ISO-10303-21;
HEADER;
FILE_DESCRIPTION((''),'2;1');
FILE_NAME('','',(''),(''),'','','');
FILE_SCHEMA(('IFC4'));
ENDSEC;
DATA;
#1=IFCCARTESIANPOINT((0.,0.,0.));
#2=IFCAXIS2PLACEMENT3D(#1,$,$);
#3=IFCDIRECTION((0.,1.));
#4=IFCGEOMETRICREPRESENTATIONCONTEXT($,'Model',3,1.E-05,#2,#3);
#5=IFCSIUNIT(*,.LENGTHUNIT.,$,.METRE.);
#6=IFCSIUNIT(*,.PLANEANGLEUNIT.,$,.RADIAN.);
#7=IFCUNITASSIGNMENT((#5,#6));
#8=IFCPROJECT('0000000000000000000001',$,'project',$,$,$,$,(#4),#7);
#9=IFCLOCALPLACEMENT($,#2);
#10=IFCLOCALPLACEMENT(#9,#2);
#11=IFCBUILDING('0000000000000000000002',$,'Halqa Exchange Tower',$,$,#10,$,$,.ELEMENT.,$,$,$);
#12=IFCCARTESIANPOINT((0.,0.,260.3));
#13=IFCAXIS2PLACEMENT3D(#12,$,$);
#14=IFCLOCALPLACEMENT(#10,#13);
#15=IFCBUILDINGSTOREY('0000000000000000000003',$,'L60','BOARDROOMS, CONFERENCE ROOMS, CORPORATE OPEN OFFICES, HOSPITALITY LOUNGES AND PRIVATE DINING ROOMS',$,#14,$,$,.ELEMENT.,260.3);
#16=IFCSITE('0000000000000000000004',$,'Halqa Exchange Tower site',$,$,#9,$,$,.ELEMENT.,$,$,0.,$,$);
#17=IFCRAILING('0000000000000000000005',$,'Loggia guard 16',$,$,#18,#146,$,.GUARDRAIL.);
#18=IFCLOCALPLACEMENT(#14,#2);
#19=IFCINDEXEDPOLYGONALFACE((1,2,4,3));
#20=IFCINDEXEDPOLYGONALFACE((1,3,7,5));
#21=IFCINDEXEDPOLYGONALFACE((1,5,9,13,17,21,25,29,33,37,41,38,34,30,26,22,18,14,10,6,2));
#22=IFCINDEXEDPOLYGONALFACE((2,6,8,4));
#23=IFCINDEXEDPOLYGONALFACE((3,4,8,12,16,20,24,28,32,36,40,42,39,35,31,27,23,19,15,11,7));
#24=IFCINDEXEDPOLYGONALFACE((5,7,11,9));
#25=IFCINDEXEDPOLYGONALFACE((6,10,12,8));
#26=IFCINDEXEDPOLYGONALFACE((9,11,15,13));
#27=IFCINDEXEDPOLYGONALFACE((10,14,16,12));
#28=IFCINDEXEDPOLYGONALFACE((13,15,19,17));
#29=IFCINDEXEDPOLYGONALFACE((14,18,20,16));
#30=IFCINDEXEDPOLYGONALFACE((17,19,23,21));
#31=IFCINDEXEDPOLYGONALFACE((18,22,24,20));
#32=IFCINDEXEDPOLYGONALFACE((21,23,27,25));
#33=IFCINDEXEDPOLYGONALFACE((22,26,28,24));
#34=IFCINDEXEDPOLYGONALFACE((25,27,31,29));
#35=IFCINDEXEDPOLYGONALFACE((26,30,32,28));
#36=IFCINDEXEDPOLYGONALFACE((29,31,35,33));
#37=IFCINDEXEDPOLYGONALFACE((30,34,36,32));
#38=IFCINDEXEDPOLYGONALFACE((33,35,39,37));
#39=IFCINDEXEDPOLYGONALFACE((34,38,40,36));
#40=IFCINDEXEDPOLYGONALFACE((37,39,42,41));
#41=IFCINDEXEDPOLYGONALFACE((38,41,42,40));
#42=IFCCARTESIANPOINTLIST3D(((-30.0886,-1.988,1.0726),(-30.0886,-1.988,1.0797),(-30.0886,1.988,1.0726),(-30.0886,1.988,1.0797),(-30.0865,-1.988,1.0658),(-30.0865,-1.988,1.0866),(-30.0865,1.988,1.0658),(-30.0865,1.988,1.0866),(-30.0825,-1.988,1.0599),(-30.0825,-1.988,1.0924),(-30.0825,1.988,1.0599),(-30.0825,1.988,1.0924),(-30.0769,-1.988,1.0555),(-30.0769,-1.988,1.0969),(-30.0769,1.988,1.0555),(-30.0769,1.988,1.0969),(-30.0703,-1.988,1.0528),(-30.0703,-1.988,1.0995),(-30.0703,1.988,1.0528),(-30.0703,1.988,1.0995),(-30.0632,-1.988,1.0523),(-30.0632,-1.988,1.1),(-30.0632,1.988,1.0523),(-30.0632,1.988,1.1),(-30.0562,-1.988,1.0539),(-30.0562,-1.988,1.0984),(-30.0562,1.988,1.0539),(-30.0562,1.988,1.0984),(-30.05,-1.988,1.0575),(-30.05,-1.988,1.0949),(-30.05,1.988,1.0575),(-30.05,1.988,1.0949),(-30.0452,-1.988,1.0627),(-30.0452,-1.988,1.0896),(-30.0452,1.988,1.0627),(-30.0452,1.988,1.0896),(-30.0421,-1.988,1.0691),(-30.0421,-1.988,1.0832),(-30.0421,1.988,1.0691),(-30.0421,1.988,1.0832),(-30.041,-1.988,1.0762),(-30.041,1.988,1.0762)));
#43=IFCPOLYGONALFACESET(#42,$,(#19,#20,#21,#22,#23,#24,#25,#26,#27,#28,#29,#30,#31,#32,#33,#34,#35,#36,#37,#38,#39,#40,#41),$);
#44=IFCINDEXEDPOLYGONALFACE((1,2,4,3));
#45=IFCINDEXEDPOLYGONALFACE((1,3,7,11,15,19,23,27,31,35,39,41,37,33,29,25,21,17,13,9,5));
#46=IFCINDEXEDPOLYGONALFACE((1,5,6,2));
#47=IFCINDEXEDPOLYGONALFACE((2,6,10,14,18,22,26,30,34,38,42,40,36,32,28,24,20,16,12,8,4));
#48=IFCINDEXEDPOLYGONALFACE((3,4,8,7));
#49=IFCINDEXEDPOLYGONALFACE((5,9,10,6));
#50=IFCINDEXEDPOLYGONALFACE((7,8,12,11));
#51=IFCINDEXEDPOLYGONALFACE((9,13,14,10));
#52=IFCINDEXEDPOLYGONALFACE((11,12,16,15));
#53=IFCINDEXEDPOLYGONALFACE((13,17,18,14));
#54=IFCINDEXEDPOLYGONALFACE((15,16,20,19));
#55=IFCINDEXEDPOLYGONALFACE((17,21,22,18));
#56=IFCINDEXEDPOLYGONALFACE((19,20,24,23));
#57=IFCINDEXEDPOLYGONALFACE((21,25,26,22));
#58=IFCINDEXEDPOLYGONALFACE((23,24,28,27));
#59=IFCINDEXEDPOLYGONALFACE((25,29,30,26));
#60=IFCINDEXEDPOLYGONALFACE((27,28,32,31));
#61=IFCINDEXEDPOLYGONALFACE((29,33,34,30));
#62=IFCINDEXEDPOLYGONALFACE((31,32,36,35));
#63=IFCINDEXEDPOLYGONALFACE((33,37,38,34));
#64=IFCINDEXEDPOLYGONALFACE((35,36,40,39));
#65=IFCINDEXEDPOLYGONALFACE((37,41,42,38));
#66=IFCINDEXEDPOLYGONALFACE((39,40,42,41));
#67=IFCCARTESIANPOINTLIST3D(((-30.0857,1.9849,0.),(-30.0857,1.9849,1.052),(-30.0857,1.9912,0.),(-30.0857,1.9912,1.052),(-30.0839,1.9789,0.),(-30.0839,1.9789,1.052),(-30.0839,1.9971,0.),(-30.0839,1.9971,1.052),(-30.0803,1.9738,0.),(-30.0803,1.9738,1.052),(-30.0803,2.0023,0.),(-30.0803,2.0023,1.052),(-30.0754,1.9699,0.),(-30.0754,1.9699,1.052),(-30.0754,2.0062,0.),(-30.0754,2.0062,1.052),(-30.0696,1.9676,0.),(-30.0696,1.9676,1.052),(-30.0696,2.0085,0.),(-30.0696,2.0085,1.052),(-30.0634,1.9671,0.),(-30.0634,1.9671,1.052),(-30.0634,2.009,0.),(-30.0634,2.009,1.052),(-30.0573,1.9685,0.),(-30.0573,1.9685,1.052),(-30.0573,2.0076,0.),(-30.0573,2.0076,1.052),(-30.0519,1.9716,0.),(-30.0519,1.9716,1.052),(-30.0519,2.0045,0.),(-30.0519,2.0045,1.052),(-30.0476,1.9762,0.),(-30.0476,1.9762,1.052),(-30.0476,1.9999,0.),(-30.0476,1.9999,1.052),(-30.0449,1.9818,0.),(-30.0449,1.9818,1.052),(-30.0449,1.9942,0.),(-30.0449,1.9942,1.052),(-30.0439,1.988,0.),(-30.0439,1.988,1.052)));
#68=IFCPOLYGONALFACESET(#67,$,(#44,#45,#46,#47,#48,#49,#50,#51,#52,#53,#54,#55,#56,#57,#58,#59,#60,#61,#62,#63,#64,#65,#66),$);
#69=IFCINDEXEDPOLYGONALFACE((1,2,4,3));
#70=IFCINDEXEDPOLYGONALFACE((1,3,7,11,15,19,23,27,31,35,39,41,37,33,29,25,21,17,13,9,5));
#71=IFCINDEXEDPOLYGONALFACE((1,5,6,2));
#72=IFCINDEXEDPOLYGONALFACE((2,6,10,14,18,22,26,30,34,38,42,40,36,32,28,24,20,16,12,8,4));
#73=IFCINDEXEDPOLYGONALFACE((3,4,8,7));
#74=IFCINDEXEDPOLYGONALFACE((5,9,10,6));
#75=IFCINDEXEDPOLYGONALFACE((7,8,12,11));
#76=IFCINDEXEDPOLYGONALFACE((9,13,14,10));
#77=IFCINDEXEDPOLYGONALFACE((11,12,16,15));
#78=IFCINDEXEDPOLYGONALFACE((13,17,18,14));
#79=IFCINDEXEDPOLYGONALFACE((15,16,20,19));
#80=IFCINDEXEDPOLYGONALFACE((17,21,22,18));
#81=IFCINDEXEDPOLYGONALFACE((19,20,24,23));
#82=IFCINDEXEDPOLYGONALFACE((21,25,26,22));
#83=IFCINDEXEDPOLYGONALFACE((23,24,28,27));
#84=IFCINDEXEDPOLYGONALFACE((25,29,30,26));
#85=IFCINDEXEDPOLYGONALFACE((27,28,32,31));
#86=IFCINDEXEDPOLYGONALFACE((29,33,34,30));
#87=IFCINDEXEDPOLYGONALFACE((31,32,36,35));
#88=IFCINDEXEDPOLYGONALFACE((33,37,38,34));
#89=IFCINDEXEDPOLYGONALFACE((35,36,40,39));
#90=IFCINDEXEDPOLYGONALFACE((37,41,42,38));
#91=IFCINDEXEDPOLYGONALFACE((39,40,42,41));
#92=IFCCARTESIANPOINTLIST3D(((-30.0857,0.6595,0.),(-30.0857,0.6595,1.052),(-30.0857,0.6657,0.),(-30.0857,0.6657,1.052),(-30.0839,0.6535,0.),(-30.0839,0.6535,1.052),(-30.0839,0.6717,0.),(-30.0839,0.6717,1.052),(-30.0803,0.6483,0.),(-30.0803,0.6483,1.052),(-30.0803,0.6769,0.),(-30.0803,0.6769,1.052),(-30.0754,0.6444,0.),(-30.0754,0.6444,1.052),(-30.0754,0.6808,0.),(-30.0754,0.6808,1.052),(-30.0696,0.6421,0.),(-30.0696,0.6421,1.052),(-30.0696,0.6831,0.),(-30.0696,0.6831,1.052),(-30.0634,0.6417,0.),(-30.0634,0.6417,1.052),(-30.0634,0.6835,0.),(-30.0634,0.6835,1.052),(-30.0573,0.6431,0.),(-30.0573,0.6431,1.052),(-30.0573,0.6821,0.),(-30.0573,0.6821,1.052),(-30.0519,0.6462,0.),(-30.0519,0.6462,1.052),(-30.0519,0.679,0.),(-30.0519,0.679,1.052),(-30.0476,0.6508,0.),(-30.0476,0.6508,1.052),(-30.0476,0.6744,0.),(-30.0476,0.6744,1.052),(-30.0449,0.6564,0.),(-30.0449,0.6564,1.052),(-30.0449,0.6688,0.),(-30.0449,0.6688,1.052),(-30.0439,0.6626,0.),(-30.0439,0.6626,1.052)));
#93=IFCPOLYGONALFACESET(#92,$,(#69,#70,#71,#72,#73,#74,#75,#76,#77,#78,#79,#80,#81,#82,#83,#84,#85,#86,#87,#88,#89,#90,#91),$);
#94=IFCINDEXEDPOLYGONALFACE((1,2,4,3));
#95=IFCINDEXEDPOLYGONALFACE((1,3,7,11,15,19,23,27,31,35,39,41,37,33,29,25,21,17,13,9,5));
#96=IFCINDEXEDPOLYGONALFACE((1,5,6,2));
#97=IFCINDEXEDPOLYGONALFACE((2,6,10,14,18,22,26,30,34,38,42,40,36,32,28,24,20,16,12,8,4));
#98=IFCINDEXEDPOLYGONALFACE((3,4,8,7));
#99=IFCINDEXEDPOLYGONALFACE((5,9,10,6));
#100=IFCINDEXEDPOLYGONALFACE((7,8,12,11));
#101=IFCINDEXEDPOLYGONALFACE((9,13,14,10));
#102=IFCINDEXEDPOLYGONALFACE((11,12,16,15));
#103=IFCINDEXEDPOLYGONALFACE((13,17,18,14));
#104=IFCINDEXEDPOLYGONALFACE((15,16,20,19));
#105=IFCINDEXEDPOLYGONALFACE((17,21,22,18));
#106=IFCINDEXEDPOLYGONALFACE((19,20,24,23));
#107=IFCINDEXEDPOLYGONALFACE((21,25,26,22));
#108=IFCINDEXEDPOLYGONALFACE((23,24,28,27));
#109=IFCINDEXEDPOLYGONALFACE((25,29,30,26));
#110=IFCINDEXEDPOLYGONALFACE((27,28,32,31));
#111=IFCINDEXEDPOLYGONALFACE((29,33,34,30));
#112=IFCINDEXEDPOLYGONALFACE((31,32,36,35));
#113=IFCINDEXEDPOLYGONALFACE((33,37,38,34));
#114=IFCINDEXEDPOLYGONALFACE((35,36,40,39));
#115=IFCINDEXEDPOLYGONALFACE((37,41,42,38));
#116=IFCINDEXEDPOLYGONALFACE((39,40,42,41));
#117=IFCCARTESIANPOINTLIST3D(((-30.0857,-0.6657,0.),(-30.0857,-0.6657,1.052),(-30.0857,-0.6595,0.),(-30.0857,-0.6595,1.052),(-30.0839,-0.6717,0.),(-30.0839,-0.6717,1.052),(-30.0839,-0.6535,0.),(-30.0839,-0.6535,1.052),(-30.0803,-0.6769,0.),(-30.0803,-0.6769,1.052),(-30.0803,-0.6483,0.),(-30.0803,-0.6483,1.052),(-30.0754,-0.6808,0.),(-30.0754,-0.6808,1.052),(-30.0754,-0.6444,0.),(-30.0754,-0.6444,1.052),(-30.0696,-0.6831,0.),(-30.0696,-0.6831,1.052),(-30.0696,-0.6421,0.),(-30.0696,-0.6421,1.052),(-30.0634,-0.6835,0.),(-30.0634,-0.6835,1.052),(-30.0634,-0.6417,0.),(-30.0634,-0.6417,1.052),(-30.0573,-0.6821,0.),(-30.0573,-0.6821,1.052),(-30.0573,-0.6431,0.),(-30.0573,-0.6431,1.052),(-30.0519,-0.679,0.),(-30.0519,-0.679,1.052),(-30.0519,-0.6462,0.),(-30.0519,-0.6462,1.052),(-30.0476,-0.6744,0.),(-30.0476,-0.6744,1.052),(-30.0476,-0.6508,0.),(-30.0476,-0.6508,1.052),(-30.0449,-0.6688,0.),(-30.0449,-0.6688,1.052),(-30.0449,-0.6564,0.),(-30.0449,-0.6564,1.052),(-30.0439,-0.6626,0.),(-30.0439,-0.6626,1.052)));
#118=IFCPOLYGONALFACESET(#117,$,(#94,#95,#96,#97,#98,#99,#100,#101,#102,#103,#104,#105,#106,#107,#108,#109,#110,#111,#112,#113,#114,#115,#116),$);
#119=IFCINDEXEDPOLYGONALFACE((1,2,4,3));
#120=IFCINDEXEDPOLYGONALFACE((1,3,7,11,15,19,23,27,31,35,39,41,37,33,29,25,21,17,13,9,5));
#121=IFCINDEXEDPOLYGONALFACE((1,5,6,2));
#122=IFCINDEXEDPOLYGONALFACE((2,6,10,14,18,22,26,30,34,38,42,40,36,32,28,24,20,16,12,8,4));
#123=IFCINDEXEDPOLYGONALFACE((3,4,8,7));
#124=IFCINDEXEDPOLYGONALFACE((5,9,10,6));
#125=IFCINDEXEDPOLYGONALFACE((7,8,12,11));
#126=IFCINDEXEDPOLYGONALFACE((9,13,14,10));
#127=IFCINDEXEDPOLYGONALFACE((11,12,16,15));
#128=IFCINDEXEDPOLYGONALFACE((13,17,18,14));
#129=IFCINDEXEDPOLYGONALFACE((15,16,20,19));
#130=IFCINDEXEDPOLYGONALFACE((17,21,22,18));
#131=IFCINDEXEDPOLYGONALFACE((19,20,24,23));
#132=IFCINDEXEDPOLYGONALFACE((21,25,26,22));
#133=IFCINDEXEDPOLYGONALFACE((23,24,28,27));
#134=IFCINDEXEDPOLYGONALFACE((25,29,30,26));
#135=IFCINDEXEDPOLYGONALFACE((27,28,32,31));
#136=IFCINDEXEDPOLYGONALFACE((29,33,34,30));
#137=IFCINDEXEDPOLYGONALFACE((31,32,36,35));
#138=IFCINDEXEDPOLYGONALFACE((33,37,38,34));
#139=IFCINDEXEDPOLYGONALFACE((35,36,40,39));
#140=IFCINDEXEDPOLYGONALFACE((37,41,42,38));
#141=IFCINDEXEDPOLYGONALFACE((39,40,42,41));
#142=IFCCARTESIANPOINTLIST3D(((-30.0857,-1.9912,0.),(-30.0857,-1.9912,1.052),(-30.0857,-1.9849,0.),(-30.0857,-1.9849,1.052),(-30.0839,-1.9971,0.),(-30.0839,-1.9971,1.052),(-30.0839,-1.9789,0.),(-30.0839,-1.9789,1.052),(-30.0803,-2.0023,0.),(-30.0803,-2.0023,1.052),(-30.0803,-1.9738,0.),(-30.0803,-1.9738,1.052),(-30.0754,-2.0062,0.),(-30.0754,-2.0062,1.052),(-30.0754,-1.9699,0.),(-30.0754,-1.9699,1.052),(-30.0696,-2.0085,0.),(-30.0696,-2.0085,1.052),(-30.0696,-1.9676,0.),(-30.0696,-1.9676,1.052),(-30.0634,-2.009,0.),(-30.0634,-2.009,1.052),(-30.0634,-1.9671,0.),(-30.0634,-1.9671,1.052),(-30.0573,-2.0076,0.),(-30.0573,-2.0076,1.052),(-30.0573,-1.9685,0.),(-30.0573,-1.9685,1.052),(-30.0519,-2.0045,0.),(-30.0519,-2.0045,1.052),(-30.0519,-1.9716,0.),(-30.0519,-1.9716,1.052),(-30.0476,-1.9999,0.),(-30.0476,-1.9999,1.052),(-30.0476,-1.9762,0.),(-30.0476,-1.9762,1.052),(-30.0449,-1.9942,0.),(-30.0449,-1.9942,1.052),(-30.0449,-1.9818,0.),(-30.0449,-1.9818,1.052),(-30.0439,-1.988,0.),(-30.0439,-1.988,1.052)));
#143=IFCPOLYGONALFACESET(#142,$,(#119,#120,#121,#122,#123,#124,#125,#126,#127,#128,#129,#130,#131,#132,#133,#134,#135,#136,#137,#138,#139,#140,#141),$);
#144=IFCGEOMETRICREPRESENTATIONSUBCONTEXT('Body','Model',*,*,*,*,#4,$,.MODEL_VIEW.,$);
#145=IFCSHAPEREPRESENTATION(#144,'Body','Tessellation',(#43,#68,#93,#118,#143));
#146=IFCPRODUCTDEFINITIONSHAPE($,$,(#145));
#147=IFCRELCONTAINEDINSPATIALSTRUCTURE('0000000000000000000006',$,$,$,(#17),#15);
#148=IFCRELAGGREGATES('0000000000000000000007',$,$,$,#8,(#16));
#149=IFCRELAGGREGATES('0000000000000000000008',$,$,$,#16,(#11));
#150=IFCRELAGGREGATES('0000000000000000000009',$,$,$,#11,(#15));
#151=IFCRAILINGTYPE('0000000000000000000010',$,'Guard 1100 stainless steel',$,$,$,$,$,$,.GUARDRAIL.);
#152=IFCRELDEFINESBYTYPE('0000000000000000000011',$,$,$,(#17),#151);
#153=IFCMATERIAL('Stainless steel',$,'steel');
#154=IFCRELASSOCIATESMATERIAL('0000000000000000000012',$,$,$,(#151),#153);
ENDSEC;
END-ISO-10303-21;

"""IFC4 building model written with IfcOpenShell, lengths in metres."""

from ifc_helpers import new_model, si_unit, direction, frame, origin, origin_2d, place, context, subcontext, project, spatial, circle, extrude, material, type_object, element, save


model = new_model("IFC4")

# Units and contexts
model_context = context("Model", 3, precision=1e-05, world=origin(), true_north=direction((0.0, 1.0)))
body_context = subcontext(model_context, "Body", "Model", "MODEL_VIEW")
ifc_project = project(units=[si_unit("LENGTHUNIT", "METRE"), si_unit("PLANEANGLEUNIT", "RADIAN")], contexts=[model_context])

# Site, building, storey
site_placement = place(None, origin())
site = spatial("IfcSite", under=ifc_project, at=site_placement, Name="Halqa Exchange Tower site", CompositionType="ELEMENT", RefElevation=0.0)
building_placement = place(site_placement, origin())
building = spatial("IfcBuilding", under=site, at=building_placement, Name="Halqa Exchange Tower", CompositionType="ELEMENT")
storey_placement = place(building_placement, frame((0.0, 0.0, 260.3)))
storey = spatial("IfcBuildingStorey", under=building, at=storey_placement, Name="L60", Description="BOARDROOMS, CONFERENCE ROOMS, CORPORATE OPEN OFFICES, HOSPITALITY LOUNGES AND PRIVATE DINING ROOMS", CompositionType="ELEMENT", Elevation=260.3)

# Railing
ifc_material_1 = material(Name="Stainless steel", Category="steel")
railing_type = type_object("IfcRailingType", Name="Guard 1100 stainless steel", PredefinedType="GUARDRAIL", material=ifc_material_1)
railing_1_placement = place(storey_placement, frame((-30.0649, 1.988, 0.0)))
element("IfcRailing", 1, at=railing_1_placement, inside=storey, type_object=railing_type, Name="Loggia guard 16", PredefinedType="GUARDRAIL", context=body_context, shape_type="SweptSolid", body=[
    extrude(circle(Radius=0.0239, at=origin_2d()), frame((0.0, 0.0, 1.0762), z_axis=(0.0, -1.0, 0.0), x_axis=(1.0, 0.0, 0.0)), (0.0, 0.0, 1.0), 3.9761),
    extrude(circle(Radius=0.021, at=origin_2d()), origin(), (0.0, 0.0, 1.0), 1.052),
    extrude(circle(Radius=0.021, at=origin_2d()), frame((0.0, -1.3254, 0.0)), (0.0, 0.0, 1.0), 1.052),
    extrude(circle(Radius=0.021, at=origin_2d()), frame((0.0, -2.6506, 0.0)), (0.0, 0.0, 1.0), 1.052),
    extrude(circle(Radius=0.021, at=origin_2d()), frame((0.0, -3.9761, 0.0)), (0.0, 0.0, 1.0), 1.052),
])

save(model, "model.ifc")
